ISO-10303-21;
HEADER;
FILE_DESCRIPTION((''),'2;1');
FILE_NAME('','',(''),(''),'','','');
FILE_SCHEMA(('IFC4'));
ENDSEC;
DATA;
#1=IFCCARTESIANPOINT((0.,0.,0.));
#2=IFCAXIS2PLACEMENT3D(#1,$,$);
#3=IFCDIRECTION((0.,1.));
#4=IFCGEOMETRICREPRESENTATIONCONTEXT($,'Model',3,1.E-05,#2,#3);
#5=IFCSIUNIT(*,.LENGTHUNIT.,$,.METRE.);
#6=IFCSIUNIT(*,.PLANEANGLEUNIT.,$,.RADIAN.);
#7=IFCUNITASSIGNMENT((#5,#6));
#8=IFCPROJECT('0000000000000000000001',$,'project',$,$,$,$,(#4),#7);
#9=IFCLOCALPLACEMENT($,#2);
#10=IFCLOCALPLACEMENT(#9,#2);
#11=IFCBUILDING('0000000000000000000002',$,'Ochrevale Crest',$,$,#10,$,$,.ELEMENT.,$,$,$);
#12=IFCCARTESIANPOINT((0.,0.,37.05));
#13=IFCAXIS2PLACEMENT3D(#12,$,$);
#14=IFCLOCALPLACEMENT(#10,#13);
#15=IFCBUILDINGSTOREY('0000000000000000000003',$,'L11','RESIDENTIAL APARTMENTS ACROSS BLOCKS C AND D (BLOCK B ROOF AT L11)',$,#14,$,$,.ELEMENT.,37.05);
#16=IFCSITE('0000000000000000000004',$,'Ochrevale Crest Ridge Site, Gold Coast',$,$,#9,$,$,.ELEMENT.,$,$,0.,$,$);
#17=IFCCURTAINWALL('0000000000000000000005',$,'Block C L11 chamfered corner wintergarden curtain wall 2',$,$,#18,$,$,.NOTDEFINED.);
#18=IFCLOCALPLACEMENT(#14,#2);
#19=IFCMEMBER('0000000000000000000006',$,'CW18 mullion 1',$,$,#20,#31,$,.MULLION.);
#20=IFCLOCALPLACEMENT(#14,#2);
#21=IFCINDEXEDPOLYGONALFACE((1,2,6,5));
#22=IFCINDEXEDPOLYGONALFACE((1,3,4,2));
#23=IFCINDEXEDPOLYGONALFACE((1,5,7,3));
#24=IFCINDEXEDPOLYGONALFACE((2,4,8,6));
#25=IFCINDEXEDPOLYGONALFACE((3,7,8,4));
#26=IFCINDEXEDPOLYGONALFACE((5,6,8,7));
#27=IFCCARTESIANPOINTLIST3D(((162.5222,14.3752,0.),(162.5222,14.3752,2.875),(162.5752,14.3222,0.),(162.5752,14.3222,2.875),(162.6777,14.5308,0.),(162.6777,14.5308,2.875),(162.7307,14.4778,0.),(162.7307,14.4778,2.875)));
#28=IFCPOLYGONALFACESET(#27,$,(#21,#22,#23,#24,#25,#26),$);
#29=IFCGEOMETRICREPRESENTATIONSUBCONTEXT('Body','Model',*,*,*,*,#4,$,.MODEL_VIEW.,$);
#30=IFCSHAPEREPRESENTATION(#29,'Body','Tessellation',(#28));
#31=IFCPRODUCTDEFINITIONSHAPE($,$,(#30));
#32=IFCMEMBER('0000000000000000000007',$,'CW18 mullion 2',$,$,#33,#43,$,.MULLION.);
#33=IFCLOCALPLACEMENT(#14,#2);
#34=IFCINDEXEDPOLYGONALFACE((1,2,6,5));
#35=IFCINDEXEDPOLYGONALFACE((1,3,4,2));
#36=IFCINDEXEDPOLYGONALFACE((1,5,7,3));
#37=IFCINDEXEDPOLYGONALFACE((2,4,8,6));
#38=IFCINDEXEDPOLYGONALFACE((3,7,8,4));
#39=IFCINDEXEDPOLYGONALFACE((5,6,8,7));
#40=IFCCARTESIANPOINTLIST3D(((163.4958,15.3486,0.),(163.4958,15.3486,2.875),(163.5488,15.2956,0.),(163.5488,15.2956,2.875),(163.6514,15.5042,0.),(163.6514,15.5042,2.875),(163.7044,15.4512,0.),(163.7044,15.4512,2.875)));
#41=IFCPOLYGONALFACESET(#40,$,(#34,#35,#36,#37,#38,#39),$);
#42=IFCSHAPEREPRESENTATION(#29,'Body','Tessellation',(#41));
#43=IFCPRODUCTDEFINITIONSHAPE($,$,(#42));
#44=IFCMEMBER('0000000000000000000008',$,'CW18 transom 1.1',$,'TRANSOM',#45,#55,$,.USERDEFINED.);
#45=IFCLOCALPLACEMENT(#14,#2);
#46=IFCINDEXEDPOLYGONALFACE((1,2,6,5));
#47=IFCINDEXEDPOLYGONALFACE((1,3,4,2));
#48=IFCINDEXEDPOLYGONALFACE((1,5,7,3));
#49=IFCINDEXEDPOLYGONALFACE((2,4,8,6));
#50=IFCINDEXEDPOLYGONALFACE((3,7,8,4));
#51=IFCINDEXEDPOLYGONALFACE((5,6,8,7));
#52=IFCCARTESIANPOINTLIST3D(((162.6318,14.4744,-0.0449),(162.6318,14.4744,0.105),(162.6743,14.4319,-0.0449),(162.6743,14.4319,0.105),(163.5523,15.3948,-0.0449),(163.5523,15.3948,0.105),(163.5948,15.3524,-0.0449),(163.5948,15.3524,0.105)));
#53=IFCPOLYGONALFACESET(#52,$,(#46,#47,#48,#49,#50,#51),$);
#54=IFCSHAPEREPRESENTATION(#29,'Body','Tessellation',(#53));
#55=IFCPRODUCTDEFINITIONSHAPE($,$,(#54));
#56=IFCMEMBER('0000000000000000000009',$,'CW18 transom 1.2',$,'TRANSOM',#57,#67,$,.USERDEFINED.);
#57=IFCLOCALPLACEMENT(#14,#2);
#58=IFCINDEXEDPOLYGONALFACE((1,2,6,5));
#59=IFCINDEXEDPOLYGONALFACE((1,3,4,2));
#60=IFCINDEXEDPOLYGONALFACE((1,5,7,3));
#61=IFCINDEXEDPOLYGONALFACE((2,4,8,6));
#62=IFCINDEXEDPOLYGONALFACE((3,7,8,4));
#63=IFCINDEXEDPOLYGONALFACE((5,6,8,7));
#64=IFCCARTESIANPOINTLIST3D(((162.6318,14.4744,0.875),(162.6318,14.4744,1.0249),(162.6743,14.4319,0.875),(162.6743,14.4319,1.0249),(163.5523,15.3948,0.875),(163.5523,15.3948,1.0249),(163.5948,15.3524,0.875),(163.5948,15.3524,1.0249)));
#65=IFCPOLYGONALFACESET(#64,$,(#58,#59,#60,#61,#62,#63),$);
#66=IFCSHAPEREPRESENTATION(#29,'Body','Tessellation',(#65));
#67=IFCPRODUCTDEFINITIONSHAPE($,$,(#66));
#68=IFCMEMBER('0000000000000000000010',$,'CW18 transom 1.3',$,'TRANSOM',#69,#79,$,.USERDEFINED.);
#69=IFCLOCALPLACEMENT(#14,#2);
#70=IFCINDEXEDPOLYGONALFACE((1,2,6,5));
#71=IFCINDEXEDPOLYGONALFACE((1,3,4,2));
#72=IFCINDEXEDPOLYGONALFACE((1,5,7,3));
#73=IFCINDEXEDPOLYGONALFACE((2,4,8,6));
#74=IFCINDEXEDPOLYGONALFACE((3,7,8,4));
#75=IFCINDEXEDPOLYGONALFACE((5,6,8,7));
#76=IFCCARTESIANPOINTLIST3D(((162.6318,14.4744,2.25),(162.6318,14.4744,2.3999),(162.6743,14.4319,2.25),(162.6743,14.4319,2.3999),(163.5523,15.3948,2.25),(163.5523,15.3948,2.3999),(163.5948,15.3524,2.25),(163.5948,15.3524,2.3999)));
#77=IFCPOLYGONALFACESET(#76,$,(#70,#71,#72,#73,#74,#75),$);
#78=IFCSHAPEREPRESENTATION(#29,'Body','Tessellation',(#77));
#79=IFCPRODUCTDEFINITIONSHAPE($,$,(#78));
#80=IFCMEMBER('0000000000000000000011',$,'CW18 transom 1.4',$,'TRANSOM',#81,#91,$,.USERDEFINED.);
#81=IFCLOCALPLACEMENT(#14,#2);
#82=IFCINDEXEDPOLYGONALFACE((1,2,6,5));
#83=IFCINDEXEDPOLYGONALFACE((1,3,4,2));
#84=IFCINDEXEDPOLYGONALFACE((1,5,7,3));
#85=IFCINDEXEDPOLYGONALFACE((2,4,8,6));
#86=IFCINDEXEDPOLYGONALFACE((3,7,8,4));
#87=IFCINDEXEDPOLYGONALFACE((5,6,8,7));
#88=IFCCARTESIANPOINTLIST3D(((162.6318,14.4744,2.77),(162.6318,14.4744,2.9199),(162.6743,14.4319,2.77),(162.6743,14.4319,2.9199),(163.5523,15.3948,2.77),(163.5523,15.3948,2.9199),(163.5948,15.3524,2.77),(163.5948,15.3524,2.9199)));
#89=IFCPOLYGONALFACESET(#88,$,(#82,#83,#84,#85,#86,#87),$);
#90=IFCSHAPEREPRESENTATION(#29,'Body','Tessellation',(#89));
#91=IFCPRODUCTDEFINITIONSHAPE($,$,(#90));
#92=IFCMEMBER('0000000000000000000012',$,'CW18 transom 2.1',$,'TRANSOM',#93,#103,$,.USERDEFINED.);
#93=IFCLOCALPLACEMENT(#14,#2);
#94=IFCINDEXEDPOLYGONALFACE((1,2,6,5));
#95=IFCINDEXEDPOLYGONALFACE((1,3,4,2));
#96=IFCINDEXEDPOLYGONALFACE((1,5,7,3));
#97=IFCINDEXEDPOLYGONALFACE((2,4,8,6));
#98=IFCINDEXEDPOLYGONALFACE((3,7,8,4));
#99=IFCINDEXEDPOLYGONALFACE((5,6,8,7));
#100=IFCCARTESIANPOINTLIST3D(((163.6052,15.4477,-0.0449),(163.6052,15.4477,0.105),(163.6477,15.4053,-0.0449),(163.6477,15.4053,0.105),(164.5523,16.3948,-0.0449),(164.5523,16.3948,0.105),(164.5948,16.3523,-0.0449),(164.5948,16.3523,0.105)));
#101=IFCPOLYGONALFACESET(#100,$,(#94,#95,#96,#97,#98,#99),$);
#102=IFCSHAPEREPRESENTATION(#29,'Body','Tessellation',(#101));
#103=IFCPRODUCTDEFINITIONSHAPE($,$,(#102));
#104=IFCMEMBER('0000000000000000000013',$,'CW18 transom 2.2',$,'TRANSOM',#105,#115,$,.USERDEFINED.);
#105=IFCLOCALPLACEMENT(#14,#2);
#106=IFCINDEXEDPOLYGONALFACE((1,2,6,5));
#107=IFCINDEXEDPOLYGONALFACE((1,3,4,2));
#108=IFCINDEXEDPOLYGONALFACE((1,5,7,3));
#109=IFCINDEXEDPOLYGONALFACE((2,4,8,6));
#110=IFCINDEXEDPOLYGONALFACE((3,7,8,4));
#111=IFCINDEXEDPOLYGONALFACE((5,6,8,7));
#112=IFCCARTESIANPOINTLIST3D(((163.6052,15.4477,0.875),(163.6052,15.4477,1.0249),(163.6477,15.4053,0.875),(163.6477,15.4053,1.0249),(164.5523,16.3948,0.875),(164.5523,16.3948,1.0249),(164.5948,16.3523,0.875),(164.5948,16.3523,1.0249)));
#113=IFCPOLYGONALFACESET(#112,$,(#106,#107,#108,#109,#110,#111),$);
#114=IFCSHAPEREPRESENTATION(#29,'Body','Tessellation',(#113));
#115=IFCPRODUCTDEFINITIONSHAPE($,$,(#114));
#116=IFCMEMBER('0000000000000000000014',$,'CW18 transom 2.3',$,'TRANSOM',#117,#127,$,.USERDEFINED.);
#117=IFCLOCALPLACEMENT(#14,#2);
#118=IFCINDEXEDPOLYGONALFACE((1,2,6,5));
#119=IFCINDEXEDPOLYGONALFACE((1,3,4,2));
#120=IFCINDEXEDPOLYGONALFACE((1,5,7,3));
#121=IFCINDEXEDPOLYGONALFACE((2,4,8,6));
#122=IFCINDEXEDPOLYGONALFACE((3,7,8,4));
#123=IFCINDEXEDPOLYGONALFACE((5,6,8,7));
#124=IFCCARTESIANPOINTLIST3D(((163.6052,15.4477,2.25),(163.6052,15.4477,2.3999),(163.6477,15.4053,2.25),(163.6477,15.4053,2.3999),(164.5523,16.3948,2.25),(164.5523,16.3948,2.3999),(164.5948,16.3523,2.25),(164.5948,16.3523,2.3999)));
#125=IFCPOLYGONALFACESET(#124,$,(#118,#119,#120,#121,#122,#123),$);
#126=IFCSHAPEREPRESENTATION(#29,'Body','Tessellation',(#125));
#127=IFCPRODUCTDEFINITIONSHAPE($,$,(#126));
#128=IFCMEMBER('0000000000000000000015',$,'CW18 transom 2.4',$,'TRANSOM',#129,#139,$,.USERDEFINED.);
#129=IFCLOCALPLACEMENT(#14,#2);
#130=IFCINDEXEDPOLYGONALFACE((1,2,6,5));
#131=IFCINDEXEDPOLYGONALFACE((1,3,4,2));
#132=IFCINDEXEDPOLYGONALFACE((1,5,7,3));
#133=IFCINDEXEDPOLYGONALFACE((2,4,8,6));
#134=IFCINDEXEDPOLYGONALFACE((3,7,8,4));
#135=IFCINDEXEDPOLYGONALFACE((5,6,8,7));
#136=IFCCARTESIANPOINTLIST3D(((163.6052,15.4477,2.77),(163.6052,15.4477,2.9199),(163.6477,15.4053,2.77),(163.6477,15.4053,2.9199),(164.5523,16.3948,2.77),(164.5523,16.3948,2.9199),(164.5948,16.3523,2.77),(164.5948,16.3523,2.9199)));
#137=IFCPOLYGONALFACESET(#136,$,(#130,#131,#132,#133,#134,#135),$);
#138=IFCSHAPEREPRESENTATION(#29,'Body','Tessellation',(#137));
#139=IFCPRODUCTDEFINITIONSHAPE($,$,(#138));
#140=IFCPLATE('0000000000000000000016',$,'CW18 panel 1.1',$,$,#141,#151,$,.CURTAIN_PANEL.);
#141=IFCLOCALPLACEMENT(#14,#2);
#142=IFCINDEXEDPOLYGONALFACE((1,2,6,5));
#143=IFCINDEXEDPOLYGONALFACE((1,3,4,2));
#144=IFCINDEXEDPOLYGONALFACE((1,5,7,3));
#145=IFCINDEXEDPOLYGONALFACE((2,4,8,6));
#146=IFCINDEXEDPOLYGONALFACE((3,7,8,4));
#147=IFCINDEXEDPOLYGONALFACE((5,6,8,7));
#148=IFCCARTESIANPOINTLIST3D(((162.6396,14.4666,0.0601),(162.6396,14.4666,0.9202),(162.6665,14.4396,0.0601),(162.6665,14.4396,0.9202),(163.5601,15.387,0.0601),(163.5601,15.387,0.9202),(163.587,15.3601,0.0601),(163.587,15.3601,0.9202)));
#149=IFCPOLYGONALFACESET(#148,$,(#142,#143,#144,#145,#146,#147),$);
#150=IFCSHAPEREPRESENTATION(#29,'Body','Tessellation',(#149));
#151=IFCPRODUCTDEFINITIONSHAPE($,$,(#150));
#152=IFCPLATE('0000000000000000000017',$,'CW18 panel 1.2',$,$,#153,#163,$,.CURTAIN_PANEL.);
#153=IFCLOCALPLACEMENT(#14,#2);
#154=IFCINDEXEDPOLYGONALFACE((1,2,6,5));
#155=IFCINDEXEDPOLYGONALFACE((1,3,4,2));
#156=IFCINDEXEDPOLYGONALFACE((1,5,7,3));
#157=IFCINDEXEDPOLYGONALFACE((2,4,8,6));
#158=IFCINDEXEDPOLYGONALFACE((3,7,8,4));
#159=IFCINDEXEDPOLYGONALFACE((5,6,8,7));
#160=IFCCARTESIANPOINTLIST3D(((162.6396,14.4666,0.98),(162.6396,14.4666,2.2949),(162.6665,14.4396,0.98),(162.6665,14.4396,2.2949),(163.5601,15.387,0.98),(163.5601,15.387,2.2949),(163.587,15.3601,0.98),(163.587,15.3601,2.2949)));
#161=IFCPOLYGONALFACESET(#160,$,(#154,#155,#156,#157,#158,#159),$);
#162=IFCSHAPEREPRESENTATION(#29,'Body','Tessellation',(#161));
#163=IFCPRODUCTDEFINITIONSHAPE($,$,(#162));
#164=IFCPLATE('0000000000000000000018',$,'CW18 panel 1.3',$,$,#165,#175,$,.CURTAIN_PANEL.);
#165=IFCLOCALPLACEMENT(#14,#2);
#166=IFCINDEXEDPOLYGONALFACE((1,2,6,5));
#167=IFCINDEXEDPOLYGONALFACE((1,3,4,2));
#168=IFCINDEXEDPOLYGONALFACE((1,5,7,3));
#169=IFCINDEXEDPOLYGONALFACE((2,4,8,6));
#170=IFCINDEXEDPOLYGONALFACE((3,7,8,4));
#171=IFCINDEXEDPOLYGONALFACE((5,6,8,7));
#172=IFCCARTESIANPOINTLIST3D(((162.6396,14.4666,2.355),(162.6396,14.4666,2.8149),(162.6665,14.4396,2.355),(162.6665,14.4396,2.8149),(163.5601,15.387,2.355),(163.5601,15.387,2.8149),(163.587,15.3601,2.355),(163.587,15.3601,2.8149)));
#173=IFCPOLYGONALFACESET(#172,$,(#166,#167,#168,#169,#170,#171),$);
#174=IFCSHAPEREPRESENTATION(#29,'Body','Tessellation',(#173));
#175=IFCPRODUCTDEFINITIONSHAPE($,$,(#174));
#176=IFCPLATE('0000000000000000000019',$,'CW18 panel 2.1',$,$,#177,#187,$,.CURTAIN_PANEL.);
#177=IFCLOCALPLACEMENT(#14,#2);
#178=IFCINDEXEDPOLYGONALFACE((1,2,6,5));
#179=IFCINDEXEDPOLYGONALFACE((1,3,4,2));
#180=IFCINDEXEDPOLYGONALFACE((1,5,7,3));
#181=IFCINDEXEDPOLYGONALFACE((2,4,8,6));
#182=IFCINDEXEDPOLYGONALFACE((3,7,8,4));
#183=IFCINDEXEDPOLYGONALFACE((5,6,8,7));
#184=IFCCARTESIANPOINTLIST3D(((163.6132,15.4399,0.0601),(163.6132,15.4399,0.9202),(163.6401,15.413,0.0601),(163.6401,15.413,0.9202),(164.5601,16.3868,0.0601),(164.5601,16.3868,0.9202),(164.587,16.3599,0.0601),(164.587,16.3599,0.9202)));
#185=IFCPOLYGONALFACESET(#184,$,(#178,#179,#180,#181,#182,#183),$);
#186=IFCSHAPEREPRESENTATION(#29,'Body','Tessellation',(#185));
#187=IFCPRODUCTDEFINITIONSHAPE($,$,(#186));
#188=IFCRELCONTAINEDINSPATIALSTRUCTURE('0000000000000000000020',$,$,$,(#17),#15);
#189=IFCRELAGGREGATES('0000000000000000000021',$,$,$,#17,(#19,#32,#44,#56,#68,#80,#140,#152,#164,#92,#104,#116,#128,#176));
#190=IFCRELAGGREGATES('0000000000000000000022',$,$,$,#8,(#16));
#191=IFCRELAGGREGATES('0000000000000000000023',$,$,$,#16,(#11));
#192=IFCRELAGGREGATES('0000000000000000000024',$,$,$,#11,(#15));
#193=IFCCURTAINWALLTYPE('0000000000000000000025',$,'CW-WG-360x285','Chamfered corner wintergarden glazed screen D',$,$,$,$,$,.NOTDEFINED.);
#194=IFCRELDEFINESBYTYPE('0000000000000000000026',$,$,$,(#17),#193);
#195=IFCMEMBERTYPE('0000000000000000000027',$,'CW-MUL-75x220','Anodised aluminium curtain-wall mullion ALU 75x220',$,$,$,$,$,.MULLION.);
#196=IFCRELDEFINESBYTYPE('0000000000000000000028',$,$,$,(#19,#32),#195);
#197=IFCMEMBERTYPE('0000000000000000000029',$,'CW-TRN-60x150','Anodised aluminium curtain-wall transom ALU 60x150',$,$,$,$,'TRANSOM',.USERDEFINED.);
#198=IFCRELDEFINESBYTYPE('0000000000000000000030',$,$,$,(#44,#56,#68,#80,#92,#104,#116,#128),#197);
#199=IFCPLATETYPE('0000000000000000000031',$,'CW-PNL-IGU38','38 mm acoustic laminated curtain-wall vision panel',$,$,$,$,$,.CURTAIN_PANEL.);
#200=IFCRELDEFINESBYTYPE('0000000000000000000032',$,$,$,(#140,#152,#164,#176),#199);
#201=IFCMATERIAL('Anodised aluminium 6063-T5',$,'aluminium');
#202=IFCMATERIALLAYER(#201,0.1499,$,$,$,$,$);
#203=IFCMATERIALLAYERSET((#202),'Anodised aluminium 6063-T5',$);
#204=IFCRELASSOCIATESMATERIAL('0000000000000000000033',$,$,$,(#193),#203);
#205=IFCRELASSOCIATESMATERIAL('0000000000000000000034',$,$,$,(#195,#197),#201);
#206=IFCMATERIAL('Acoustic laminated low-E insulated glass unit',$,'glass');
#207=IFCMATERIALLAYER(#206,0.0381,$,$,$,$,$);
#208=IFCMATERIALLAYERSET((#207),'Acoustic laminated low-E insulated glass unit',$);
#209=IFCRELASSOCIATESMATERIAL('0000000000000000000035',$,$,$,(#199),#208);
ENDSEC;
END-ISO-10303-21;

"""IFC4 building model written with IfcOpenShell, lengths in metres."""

from ifc_helpers import new_model, si_unit, direction, frame, origin, origin_2d, place, context, subcontext, project, spatial, rectangle, extrude, material, layer, layer_set, material_profile, profile_set, type_object, element, aggregate, save


model = new_model("IFC4")

# Units and contexts
model_context = context("Model", 3, precision=1e-05, world=origin(), true_north=direction((0.0, 1.0)))
body_context = subcontext(model_context, "Body", "Model", "MODEL_VIEW")
ifc_project = project(units=[si_unit("LENGTHUNIT", "METRE"), si_unit("PLANEANGLEUNIT", "RADIAN")], contexts=[model_context])

# Site, building, storey
site_placement = place(None, origin())
site = spatial("IfcSite", under=ifc_project, at=site_placement, Name="Ochrevale Crest Ridge Site, Gold Coast", CompositionType="ELEMENT", RefElevation=0.0)
building_placement = place(site_placement, origin())
building = spatial("IfcBuilding", under=site, at=building_placement, Name="Ochrevale Crest", CompositionType="ELEMENT")
storey_placement = place(building_placement, frame((0.0, 0.0, 37.05)))
storey = spatial("IfcBuildingStorey", under=building, at=storey_placement, Name="L11", Description="RESIDENTIAL APARTMENTS ACROSS BLOCKS C AND D (BLOCK B ROOF AT L11)", CompositionType="ELEMENT", Elevation=37.05)

# Curtain wall, members, plates
ifc_material_1 = material(Name="Anodised aluminium 6063-T5", Category="aluminium")
ifc_layer_1 = layer(ifc_material_1, 0.1499)
ifc_layer_set_1 = layer_set([ifc_layer_1], Name="Anodised aluminium 6063-T5")
curtain_wall_type = type_object("IfcCurtainWallType", Name="CW-WG-360x285", Description="Chamfered corner wintergarden glazed screen D", PredefinedType="NOTDEFINED", material=ifc_layer_set_1)
curtain_wall_placement = place(storey_placement, origin())
curtain_wall = element("IfcCurtainWall", 1, at=curtain_wall_placement, inside=storey, type_object=curtain_wall_type, Name="Block C L11 chamfered corner wintergarden curtain wall 2", PredefinedType="NOTDEFINED")
ifc_material_profile_1 = material_profile(ifc_material_1, rectangle(XDim=0.075, YDim=0.22, at=origin_2d()), Name="ALU 75x220")
ifc_profile_set_1 = profile_set([ifc_material_profile_1], Name="Anodised aluminium 6063-T5")
member_type_1 = type_object("IfcMemberType", Name="CW-MUL-75x220", Description="Anodised aluminium curtain-wall mullion ALU 75x220", PredefinedType="MULLION", material=ifc_profile_set_1)
member_1_placement = place(storey_placement, frame((162.6265, 14.4265, 0.0), z_axis=(0.0, 0.0, 1.0), x_axis=(-0.707107, 0.707107, 0.0)))
member_1 = element("IfcMember", 2, at=member_1_placement, type_object=member_type_1, Name="CW18 mullion 1", PredefinedType="MULLION", context=body_context, shape_type="SweptSolid", body=[
    extrude(rectangle(XDim=0.075, YDim=0.22, at=origin_2d()), origin(), (0.0, 0.0, 1.0), 2.875),
])
member_2_placement = place(storey_placement, frame((163.6001, 15.3999, 0.0), z_axis=(0.0, 0.0, 1.0), x_axis=(-0.707107, 0.707107, 0.0)))
member_2 = element("IfcMember", 3, at=member_2_placement, type_object=member_type_1, Name="CW18 mullion 2", PredefinedType="MULLION", context=body_context, shape_type="SweptSolid", body=[
    extrude(rectangle(XDim=0.075, YDim=0.22, at=origin_2d()), origin(), (0.0, 0.0, 1.0), 2.875),
])
ifc_material_profile_2 = material_profile(ifc_material_1, rectangle(XDim=0.0601, YDim=0.1499, at=origin_2d()), Name="ALU 60x150")
ifc_profile_set_2 = profile_set([ifc_material_profile_2], Name="Anodised aluminium 6063-T5")
member_type_2 = type_object("IfcMemberType", Name="CW-TRN-60x150", Description="Anodised aluminium curtain-wall transom ALU 60x150", ElementType="TRANSOM", PredefinedType="USERDEFINED", material=ifc_profile_set_2)
member_3_placement = place(storey_placement, frame((162.6531, 14.4531, 0.03), z_axis=(0.707107, 0.707107, 0.0), x_axis=(-0.707107, 0.707107, 0.0)))
member_3 = element("IfcMember", 4, at=member_3_placement, type_object=member_type_2, Name="CW18 transom 1.1", ObjectType="TRANSOM", PredefinedType="USERDEFINED", context=body_context, shape_type="SweptSolid", body=[
    extrude(rectangle(XDim=0.0601, YDim=0.1499, at=origin_2d()), origin(), (0.0, 0.0, 1.0), 1.3018),
])
member_4_placement = place(storey_placement, frame((162.6531, 14.4531, 0.95), z_axis=(0.707107, 0.707107, 0.0), x_axis=(-0.707107, 0.707107, 0.0)))
member_4 = element("IfcMember", 5, at=member_4_placement, type_object=member_type_2, Name="CW18 transom 1.2", ObjectType="TRANSOM", PredefinedType="USERDEFINED", context=body_context, shape_type="SweptSolid", body=[
    extrude(rectangle(XDim=0.0601, YDim=0.1499, at=origin_2d()), origin(), (0.0, 0.0, 1.0), 1.3018),
])
member_5_placement = place(storey_placement, frame((162.6531, 14.4531, 2.325), z_axis=(0.707107, 0.707107, 0.0), x_axis=(-0.707107, 0.707107, 0.0)))
member_5 = element("IfcMember", 6, at=member_5_placement, type_object=member_type_2, Name="CW18 transom 1.3", ObjectType="TRANSOM", PredefinedType="USERDEFINED", context=body_context, shape_type="SweptSolid", body=[
    extrude(rectangle(XDim=0.0601, YDim=0.1499, at=origin_2d()), origin(), (0.0, 0.0, 1.0), 1.3018),
])
member_6_placement = place(storey_placement, frame((162.6531, 14.4531, 2.845), z_axis=(0.707107, 0.707107, 0.0), x_axis=(-0.707107, 0.707107, 0.0)))
member_6 = element("IfcMember", 7, at=member_6_placement, type_object=member_type_2, Name="CW18 transom 1.4", ObjectType="TRANSOM", PredefinedType="USERDEFINED", context=body_context, shape_type="SweptSolid", body=[
    extrude(rectangle(XDim=0.0601, YDim=0.1499, at=origin_2d()), origin(), (0.0, 0.0, 1.0), 1.3018),
])
member_7_placement = place(storey_placement, frame((163.6265, 15.4265, 0.03), z_axis=(0.707107, 0.707107, 0.0), x_axis=(-0.707107, 0.707107, 0.0)))
member_7 = element("IfcMember", 8, at=member_7_placement, type_object=member_type_2, Name="CW18 transom 2.1", ObjectType="TRANSOM", PredefinedType="USERDEFINED", context=body_context, shape_type="SweptSolid", body=[
    extrude(rectangle(XDim=0.0601, YDim=0.1499, at=origin_2d()), origin(), (0.0, 0.0, 1.0), 1.3394),
])
member_8_placement = place(storey_placement, frame((163.6265, 15.4265, 0.95), z_axis=(0.707107, 0.707107, 0.0), x_axis=(-0.707107, 0.707107, 0.0)))
member_8 = element("IfcMember", 9, at=member_8_placement, type_object=member_type_2, Name="CW18 transom 2.2", ObjectType="TRANSOM", PredefinedType="USERDEFINED", context=body_context, shape_type="SweptSolid", body=[
    extrude(rectangle(XDim=0.0601, YDim=0.1499, at=origin_2d()), origin(), (0.0, 0.0, 1.0), 1.3394),
])
member_9_placement = place(storey_placement, frame((163.6265, 15.4265, 2.325), z_axis=(0.707107, 0.707107, 0.0), x_axis=(-0.707107, 0.707107, 0.0)))
member_9 = element("IfcMember", 10, at=member_9_placement, type_object=member_type_2, Name="CW18 transom 2.3", ObjectType="TRANSOM", PredefinedType="USERDEFINED", context=body_context, shape_type="SweptSolid", body=[
    extrude(rectangle(XDim=0.0601, YDim=0.1499, at=origin_2d()), origin(), (0.0, 0.0, 1.0), 1.3394),
])
member_10_placement = place(storey_placement, frame((163.6265, 15.4265, 2.845), z_axis=(0.707107, 0.707107, 0.0), x_axis=(-0.707107, 0.707107, 0.0)))
member_10 = element("IfcMember", 11, at=member_10_placement, type_object=member_type_2, Name="CW18 transom 2.4", ObjectType="TRANSOM", PredefinedType="USERDEFINED", context=body_context, shape_type="SweptSolid", body=[
    extrude(rectangle(XDim=0.0601, YDim=0.1499, at=origin_2d()), origin(), (0.0, 0.0, 1.0), 1.3394),
])
ifc_material_2 = material(Name="Acoustic laminated low-E insulated glass unit", Category="glass")
ifc_layer_2 = layer(ifc_material_2, 0.0381)
ifc_layer_set_2 = layer_set([ifc_layer_2], Name="Acoustic laminated low-E insulated glass unit")
plate_type_1 = type_object("IfcPlateType", Name="CW-PNL-IGU38", Description="38 mm acoustic laminated curtain-wall vision panel", PredefinedType="CURTAIN_PANEL", material=ifc_layer_set_2)
plate_1_placement = place(storey_placement, frame((163.1133, 14.9133, 0.0601), z_axis=(0.0, 0.0, 1.0), x_axis=(0.707107, 0.707107, 0.0)))
plate_1 = element("IfcPlate", 12, at=plate_1_placement, type_object=plate_type_1, Name="CW18 panel 1.1", PredefinedType="CURTAIN_PANEL", context=body_context, shape_type="SweptSolid", body=[
    extrude(rectangle(XDim=1.3018, YDim=0.0381, at=origin_2d()), origin(), (0.0, 0.0, 1.0), 0.8601),
])
plate_2_placement = place(storey_placement, frame((163.1133, 14.9133, 0.98), z_axis=(0.0, 0.0, 1.0), x_axis=(0.707107, 0.707107, 0.0)))
plate_2 = element("IfcPlate", 13, at=plate_2_placement, type_object=plate_type_1, Name="CW18 panel 1.2", PredefinedType="CURTAIN_PANEL", context=body_context, shape_type="SweptSolid", body=[
    extrude(rectangle(XDim=1.3018, YDim=0.0381, at=origin_2d()), origin(), (0.0, 0.0, 1.0), 1.3149),
])
plate_3_placement = place(storey_placement, frame((163.1133, 14.9133, 2.355), z_axis=(0.0, 0.0, 1.0), x_axis=(0.707107, 0.707107, 0.0)))
plate_3 = element("IfcPlate", 14, at=plate_3_placement, type_object=plate_type_1, Name="CW18 panel 1.3", PredefinedType="CURTAIN_PANEL", context=body_context, shape_type="SweptSolid", body=[
    extrude(rectangle(XDim=1.3018, YDim=0.0381, at=origin_2d()), origin(), (0.0, 0.0, 1.0), 0.46),
])
plate_4_placement = place(storey_placement, frame((164.1001, 15.8999, 0.0601), z_axis=(0.0, 0.0, 1.0), x_axis=(0.707107, 0.707107, 0.0)))
plate_4 = element("IfcPlate", 15, at=plate_4_placement, type_object=plate_type_1, Name="CW18 panel 2.1", PredefinedType="CURTAIN_PANEL", context=body_context, shape_type="SweptSolid", body=[
    extrude(rectangle(XDim=1.3391, YDim=0.0381, at=origin_2d()), origin(), (0.0, 0.0, 1.0), 0.8601),
])
aggregate(curtain_wall, [member_1, member_2, member_3, member_4, member_5, member_6, plate_1, plate_2, plate_3, member_7, member_8, member_9, member_10, plate_4])

save(model, "model.ifc")
